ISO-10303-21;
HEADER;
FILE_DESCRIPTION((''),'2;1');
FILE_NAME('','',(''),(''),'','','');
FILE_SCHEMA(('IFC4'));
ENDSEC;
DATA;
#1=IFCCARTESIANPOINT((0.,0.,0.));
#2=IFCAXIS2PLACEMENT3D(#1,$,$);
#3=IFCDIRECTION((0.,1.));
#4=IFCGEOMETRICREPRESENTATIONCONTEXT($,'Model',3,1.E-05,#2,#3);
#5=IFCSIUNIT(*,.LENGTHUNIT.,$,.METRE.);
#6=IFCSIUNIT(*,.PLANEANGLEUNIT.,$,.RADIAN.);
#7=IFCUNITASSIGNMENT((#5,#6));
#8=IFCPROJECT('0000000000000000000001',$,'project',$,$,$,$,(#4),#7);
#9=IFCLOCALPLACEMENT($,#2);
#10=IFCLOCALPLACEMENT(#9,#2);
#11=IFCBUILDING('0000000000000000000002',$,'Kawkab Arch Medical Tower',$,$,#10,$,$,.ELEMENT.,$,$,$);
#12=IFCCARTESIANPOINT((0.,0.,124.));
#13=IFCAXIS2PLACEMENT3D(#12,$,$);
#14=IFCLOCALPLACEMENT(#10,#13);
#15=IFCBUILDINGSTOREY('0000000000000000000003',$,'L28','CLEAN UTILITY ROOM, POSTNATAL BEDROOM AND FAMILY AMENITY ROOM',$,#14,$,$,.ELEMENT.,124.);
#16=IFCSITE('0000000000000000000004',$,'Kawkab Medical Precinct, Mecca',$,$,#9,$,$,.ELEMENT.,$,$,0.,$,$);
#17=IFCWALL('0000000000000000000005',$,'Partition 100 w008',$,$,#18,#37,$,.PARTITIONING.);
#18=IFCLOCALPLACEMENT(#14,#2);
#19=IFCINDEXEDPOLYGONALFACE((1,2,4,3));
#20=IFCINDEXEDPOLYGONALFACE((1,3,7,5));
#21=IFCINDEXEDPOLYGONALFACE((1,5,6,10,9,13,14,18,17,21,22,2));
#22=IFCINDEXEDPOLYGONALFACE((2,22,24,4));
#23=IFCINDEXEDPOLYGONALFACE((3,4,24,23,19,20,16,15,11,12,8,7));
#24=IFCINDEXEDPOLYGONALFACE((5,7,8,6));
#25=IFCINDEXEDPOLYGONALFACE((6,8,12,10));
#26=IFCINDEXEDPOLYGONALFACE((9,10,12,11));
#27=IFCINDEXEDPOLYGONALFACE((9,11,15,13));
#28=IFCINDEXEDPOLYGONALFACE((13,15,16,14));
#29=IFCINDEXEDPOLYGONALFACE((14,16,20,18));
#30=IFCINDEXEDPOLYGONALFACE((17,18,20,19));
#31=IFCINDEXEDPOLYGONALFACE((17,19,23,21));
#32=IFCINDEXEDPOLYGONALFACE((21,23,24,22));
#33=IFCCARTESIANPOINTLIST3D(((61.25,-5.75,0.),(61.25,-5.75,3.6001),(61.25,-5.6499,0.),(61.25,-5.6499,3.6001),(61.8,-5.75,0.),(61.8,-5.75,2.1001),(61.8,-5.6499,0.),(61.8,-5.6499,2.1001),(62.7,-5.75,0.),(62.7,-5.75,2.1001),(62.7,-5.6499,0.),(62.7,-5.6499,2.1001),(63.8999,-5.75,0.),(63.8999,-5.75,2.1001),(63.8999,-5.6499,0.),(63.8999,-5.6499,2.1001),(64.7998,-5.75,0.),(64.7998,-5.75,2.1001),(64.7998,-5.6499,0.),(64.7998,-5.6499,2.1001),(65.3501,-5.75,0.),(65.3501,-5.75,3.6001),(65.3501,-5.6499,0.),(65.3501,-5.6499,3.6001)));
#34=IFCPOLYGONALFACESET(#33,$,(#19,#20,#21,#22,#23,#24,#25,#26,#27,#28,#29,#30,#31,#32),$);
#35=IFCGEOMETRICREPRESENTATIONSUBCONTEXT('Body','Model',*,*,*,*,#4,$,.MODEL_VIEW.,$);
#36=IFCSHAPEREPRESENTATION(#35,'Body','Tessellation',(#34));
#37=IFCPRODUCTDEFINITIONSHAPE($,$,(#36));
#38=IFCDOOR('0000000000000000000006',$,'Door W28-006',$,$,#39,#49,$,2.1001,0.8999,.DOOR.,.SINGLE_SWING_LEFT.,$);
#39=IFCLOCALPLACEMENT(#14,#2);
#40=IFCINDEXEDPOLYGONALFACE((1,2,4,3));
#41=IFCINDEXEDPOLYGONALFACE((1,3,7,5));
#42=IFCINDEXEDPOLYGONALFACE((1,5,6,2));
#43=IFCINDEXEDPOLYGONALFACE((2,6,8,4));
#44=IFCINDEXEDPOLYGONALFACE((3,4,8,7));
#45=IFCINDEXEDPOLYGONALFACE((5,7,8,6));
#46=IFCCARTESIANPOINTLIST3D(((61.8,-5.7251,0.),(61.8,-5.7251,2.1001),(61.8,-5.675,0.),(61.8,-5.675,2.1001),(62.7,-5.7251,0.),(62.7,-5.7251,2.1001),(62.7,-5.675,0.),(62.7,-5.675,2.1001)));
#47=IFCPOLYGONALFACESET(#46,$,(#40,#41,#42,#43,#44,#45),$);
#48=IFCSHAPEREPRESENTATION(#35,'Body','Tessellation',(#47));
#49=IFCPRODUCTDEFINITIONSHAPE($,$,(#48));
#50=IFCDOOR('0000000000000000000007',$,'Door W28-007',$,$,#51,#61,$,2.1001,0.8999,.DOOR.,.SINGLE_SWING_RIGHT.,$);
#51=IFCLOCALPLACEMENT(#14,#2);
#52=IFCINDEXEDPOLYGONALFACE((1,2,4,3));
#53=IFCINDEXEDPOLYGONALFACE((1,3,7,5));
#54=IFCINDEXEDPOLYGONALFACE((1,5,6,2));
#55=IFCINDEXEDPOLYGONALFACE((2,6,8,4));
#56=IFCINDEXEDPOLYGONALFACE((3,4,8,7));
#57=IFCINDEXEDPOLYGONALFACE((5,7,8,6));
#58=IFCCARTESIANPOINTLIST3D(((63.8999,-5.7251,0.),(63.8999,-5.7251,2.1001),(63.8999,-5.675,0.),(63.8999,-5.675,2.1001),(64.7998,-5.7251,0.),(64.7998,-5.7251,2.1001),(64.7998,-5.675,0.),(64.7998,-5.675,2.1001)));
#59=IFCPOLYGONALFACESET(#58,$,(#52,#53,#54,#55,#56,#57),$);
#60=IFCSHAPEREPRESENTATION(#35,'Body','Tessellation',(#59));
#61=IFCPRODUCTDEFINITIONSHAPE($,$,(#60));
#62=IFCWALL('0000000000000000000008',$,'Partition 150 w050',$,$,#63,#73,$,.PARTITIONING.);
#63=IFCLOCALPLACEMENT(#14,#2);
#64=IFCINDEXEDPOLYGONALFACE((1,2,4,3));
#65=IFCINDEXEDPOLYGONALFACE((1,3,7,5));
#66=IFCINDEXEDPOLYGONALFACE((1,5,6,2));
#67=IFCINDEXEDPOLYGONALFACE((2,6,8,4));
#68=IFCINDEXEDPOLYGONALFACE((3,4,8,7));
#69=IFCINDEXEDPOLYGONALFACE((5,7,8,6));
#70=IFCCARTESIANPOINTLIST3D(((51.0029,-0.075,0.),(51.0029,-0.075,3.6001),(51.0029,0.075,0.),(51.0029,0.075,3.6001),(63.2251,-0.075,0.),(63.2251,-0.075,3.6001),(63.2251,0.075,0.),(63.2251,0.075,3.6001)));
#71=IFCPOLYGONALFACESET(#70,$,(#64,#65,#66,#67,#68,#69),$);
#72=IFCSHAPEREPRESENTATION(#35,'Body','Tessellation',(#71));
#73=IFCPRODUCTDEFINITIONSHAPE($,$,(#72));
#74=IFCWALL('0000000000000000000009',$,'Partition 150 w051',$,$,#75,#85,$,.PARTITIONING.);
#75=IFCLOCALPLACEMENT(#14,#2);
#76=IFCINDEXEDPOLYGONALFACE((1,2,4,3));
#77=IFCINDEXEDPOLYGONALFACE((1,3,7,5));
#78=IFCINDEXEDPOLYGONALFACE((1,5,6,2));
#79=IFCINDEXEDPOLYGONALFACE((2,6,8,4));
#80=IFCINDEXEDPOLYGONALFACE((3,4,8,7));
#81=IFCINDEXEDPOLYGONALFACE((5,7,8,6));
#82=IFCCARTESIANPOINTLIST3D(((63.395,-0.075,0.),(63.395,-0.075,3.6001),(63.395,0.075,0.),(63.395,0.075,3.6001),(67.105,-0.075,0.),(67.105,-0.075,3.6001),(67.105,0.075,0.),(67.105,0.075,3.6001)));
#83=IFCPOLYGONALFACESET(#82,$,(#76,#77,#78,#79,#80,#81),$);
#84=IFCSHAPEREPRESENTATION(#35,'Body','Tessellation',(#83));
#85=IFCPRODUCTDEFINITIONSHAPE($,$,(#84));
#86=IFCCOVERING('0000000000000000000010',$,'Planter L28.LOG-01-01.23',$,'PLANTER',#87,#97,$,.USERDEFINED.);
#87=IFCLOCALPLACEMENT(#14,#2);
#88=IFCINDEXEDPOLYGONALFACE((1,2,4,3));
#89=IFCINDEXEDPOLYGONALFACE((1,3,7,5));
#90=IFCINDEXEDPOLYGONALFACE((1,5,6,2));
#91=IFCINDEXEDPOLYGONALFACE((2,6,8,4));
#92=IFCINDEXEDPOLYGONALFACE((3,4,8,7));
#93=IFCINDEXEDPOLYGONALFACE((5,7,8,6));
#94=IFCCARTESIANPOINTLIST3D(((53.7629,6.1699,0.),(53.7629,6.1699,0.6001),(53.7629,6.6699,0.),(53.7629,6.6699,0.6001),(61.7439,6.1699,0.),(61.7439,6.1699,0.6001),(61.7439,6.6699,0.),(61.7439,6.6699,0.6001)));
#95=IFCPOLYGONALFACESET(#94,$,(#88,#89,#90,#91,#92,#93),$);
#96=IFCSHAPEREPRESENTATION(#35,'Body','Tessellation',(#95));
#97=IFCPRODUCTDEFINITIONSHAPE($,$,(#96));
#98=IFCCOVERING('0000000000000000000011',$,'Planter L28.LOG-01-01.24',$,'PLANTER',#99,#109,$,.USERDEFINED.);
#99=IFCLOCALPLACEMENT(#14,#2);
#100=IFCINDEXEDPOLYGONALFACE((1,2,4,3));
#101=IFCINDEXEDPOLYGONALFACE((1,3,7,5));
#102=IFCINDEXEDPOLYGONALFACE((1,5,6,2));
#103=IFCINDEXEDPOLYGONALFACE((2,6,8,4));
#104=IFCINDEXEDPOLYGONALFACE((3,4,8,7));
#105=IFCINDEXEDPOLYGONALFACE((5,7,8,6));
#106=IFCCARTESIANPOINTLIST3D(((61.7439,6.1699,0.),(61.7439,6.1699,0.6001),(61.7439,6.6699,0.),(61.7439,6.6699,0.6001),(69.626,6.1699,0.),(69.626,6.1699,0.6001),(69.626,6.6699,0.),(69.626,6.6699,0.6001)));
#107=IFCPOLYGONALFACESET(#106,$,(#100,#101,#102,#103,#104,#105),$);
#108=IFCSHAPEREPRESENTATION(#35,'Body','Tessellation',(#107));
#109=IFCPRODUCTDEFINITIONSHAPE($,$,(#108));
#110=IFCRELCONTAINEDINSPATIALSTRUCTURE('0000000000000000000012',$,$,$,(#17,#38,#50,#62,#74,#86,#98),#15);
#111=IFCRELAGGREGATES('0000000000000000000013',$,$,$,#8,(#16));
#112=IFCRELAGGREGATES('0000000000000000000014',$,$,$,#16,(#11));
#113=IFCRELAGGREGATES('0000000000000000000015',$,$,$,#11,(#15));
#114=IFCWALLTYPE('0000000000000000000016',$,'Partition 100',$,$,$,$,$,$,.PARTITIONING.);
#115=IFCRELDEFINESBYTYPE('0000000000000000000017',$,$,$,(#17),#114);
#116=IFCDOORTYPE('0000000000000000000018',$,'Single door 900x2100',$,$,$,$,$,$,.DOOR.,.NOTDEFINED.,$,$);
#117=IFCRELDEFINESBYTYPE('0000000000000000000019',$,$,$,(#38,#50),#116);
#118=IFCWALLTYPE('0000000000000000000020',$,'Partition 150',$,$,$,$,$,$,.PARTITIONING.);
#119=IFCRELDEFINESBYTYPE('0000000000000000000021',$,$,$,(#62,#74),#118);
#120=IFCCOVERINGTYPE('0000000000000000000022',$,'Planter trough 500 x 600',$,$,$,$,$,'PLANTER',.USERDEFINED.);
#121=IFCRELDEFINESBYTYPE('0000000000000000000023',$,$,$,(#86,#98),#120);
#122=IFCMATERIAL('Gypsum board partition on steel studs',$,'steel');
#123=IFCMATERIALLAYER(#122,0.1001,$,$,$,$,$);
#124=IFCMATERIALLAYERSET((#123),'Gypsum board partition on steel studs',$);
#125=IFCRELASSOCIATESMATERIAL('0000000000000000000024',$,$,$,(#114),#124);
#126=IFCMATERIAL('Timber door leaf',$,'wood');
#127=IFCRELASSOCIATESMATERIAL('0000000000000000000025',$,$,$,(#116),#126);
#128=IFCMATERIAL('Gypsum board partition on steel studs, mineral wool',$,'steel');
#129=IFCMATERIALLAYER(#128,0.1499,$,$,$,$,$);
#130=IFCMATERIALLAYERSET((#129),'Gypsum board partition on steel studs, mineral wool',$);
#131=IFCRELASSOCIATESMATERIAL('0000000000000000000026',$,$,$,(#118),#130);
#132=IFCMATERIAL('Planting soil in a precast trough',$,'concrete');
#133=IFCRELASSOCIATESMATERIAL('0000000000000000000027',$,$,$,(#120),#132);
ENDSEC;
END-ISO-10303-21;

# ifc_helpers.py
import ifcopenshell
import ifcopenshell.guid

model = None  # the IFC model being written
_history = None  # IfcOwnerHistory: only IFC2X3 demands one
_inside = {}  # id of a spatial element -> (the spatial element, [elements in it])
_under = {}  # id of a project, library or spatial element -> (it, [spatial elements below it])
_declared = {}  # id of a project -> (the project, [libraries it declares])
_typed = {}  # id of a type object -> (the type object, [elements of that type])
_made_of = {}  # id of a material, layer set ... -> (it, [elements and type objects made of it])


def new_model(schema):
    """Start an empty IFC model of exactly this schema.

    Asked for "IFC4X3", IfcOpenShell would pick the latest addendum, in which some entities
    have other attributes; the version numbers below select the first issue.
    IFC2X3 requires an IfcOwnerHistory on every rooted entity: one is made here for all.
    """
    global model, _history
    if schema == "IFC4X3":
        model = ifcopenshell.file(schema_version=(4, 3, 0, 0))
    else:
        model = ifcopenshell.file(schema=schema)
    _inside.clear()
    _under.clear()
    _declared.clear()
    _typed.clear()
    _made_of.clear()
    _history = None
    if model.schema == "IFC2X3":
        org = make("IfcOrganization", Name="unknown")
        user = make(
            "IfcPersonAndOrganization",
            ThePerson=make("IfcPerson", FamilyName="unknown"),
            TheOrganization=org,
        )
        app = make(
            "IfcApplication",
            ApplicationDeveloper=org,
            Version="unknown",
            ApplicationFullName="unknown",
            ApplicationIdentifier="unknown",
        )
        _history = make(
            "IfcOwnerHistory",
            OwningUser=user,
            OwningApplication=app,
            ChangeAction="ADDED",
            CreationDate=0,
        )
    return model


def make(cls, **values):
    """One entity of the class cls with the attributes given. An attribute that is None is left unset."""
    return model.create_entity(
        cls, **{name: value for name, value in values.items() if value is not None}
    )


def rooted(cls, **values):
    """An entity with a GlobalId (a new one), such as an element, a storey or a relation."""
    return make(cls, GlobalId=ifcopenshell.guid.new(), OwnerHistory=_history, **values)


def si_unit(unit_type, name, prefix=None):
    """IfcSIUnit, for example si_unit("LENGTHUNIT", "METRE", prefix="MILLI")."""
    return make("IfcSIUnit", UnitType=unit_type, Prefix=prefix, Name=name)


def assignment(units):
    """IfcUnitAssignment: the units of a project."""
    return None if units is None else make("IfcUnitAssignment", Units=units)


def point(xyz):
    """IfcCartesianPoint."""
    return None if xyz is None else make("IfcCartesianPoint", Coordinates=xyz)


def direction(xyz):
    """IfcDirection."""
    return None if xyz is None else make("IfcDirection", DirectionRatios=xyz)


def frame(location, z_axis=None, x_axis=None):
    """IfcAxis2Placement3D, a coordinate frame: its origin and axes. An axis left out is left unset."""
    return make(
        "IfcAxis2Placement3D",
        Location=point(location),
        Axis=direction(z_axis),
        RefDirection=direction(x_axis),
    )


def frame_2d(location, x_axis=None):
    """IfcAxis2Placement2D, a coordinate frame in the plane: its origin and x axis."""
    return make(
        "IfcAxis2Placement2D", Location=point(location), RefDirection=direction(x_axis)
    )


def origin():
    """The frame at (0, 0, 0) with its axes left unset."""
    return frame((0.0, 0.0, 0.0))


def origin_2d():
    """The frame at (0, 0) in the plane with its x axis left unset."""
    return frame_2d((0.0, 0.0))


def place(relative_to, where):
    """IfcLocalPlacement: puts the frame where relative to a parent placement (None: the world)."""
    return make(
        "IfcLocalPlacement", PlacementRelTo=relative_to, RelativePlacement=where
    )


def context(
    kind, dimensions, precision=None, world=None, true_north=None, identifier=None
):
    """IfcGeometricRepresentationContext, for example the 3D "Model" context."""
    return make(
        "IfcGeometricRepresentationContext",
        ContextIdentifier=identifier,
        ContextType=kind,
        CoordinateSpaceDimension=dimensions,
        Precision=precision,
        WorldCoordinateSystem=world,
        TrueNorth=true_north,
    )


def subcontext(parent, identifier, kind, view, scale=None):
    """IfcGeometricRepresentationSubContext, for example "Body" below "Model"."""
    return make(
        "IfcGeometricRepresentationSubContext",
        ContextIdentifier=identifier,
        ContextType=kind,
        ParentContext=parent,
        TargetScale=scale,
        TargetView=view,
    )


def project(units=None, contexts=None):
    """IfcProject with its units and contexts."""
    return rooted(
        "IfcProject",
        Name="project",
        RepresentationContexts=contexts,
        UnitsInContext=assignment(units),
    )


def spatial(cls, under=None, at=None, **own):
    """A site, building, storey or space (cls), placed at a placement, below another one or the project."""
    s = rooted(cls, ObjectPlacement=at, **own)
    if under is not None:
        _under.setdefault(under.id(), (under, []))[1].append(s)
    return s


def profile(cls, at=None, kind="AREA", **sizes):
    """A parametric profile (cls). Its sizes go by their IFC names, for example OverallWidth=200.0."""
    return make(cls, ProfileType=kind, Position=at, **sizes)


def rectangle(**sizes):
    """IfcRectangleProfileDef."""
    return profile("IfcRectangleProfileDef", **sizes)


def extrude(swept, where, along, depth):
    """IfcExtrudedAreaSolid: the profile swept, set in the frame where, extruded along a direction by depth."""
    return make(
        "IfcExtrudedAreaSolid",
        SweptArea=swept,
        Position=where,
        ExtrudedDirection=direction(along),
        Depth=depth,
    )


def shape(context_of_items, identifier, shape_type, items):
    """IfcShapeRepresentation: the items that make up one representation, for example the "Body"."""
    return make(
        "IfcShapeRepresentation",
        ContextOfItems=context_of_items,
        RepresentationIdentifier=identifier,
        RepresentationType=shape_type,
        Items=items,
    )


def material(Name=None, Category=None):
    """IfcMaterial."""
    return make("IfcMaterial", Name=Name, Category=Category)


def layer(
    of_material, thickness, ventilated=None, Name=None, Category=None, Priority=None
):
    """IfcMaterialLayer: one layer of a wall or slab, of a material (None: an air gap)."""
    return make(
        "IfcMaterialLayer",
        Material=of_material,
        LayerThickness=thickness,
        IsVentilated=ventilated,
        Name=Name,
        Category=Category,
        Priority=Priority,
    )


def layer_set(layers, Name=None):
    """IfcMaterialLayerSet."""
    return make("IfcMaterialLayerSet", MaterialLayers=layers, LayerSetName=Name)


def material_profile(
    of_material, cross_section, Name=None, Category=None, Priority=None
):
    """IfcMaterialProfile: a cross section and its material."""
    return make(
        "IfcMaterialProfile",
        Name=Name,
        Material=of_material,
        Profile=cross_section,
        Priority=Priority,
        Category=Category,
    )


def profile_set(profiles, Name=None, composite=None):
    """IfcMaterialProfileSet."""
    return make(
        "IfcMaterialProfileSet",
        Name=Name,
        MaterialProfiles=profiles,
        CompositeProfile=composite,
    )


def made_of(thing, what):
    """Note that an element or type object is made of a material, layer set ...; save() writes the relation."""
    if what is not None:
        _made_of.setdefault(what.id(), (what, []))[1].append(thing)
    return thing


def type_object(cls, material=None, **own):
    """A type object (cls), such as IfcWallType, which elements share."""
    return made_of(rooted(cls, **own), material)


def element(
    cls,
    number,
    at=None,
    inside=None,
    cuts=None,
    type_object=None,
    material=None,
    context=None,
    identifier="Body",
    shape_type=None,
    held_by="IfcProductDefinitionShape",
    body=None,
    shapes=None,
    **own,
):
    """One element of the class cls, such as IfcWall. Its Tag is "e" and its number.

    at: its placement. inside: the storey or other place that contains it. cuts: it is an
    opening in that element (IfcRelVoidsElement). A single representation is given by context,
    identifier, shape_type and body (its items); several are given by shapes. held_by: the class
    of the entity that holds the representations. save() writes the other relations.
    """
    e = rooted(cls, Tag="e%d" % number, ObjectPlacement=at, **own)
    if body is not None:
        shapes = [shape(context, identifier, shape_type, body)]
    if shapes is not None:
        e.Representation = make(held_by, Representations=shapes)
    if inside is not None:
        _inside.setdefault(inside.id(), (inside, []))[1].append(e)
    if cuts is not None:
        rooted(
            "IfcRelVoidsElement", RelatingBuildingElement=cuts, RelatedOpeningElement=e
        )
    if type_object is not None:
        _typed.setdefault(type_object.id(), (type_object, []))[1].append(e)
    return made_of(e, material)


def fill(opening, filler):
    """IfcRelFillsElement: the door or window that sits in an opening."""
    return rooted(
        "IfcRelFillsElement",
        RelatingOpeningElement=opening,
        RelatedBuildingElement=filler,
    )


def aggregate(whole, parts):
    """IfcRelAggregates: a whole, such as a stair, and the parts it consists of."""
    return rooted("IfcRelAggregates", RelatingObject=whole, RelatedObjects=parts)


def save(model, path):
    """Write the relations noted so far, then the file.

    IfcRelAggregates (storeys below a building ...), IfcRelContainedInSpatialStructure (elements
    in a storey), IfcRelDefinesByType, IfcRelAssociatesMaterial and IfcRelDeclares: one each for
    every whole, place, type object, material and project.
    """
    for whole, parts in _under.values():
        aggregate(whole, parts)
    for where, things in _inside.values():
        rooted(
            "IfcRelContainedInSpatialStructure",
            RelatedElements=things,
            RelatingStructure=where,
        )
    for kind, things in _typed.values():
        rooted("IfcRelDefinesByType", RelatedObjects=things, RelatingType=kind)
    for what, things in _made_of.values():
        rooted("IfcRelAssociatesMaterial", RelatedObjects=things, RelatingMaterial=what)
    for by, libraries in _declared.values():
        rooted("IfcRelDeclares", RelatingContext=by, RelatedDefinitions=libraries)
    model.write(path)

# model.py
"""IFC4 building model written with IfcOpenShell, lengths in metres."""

from ifc_helpers import new_model, si_unit, direction, frame, frame_2d, origin, origin_2d, place, context, subcontext, project, spatial, rectangle, extrude, material, layer, layer_set, material_profile, profile_set, type_object, element, fill, save


model = new_model("IFC4")

# Units and contexts
model_context = context("Model", 3, precision=1e-05, world=origin(), true_north=direction((0.0, 1.0)))
body_context = subcontext(model_context, "Body", "Model", "MODEL_VIEW")
ifc_project = project(units=[si_unit("LENGTHUNIT", "METRE"), si_unit("PLANEANGLEUNIT", "RADIAN")], contexts=[model_context])

# Site, building, storey
site_placement = place(None, origin())
site = spatial("IfcSite", under=ifc_project, at=site_placement, Name="Kawkab Medical Precinct, Mecca", CompositionType="ELEMENT", RefElevation=0.0)
building_placement = place(site_placement, origin())
building = spatial("IfcBuilding", under=site, at=building_placement, Name="Kawkab Arch Medical Tower", CompositionType="ELEMENT")
storey_placement = place(building_placement, frame((0.0, 0.0, 124.0)))
storey = spatial("IfcBuildingStorey", under=building, at=storey_placement, Name="L28", Description="CLEAN UTILITY ROOM, POSTNATAL BEDROOM AND FAMILY AMENITY ROOM", CompositionType="ELEMENT", Elevation=124.0)

# Shared definitions
ifc_material_1 = material(Name="Gypsum board partition on steel studs", Category="steel")
ifc_layer_1 = layer(ifc_material_1, 0.1001)
ifc_layer_set_1 = layer_set([ifc_layer_1], Name="Gypsum board partition on steel studs")
wall_type_1 = type_object("IfcWallType", Name="Partition 100", PredefinedType="PARTITIONING", material=ifc_layer_set_1)
ifc_material_2 = material(Name="Timber door leaf", Category="wood")
door_type = type_object("IfcDoorType", Name="Single door 900x2100", OperationType="NOTDEFINED", PredefinedType="DOOR", material=ifc_material_2)

# Wall, openings, doors
wall_1_placement = place(storey_placement, frame((61.25, -5.7, 0.0), z_axis=(0.0, 0.0, 1.0), x_axis=(1.0, 0.0, 0.0)))
wall_1 = element("IfcWall", 1, at=wall_1_placement, inside=storey, type_object=wall_type_1, Name="Partition 100 w008", PredefinedType="PARTITIONING", context=body_context, shape_type="SweptSolid", body=[
    extrude(rectangle(XDim=4.1001, YDim=0.1001, at=frame_2d((2.05, 0.0))), origin(), (0.0, 0.0, 1.0), 3.6001),
])
opening_1_placement = place(wall_1_placement, frame((0.55, 0.0, 0.0)))
opening_1 = element("IfcOpeningElement", 2, at=opening_1_placement, cuts=wall_1, PredefinedType="OPENING", context=body_context, shape_type="SweptSolid", body=[
    extrude(rectangle(XDim=0.8999, YDim=2.1001, at=frame_2d((0.45, 1.05))), frame((0.0, 0.0601, 0.0), z_axis=(0.0, -1.0, 0.0), x_axis=(1.0, 0.0, 0.0)), (0.0, 0.0, 1.0), 0.1201),
])
opening_2_placement = place(wall_1_placement, frame((2.6499, 0.0, 0.0)))
opening_2 = element("IfcOpeningElement", 3, at=opening_2_placement, cuts=wall_1, PredefinedType="OPENING", context=body_context, shape_type="SweptSolid", body=[
    extrude(rectangle(XDim=0.8999, YDim=2.1001, at=frame_2d((0.45, 1.05))), frame((0.0, 0.0601, 0.0), z_axis=(0.0, -1.0, 0.0), x_axis=(1.0, 0.0, 0.0)), (0.0, 0.0, 1.0), 0.1201),
])
door_1_placement = place(opening_1_placement, origin())
door_1 = element("IfcDoor", 4, at=door_1_placement, inside=storey, type_object=door_type, Name="Door W28-006", OperationType="SINGLE_SWING_LEFT", OverallHeight=2.1001, OverallWidth=0.8999, PredefinedType="DOOR", context=body_context, shape_type="SweptSolid", body=[
    extrude(rectangle(XDim=0.8999, YDim=2.1001, at=frame_2d((0.45, 1.05))), frame((0.0, 0.0249, 0.0), z_axis=(0.0, -1.0, 0.0), x_axis=(1.0, 0.0, 0.0)), (0.0, 0.0, 1.0), 0.05),
])
fill(opening_1, door_1)
door_2_placement = place(opening_2_placement, origin())
door_2 = element("IfcDoor", 5, at=door_2_placement, inside=storey, type_object=door_type, Name="Door W28-007", OperationType="SINGLE_SWING_RIGHT", OverallHeight=2.1001, OverallWidth=0.8999, PredefinedType="DOOR", context=body_context, shape_type="SweptSolid", body=[
    extrude(rectangle(XDim=0.8999, YDim=2.1001, at=frame_2d((0.45, 1.05))), frame((0.0, 0.0249, 0.0), z_axis=(0.0, -1.0, 0.0), x_axis=(1.0, 0.0, 0.0)), (0.0, 0.0, 1.0), 0.05),
])
fill(opening_2, door_2)

# Walls
ifc_material_3 = material(Name="Gypsum board partition on steel studs, mineral wool", Category="steel")
ifc_layer_2 = layer(ifc_material_3, 0.1499)
ifc_layer_set_2 = layer_set([ifc_layer_2], Name="Gypsum board partition on steel studs, mineral wool")
wall_type_2 = type_object("IfcWallType", Name="Partition 150", PredefinedType="PARTITIONING", material=ifc_layer_set_2)
wall_2_placement = place(storey_placement, frame((51.0029, 0.0, 0.0), z_axis=(0.0, 0.0, 1.0), x_axis=(1.0, 0.0, 0.0)))
element("IfcWall", 6, at=wall_2_placement, inside=storey, type_object=wall_type_2, Name="Partition 150 w050", PredefinedType="PARTITIONING", context=body_context, shape_type="SweptSolid", body=[
    extrude(rectangle(XDim=12.2222, YDim=0.1499, at=frame_2d((6.1111, 0.0))), origin(), (0.0, 0.0, 1.0), 3.6001),
])
wall_3_placement = place(storey_placement, frame((63.395, 0.0, 0.0), z_axis=(0.0, 0.0, 1.0), x_axis=(1.0, 0.0, 0.0)))
element("IfcWall", 7, at=wall_3_placement, inside=storey, type_object=wall_type_2, Name="Partition 150 w051", PredefinedType="PARTITIONING", context=body_context, shape_type="SweptSolid", body=[
    extrude(rectangle(XDim=3.71, YDim=0.1499, at=frame_2d((1.855, 0.0))), origin(), (0.0, 0.0, 1.0), 3.6001),
])

# Coverings
ifc_material_4 = material(Name="Planting soil in a precast trough", Category="concrete")
ifc_material_profile_1 = material_profile(ifc_material_4, rectangle(XDim=0.5, YDim=0.6001, at=origin_2d()), Name="Trough 500x600")
ifc_profile_set_1 = profile_set([ifc_material_profile_1], Name="Planting soil in a precast trough")
covering_type = type_object("IfcCoveringType", Name="Planter trough 500 x 600", ElementType="PLANTER", PredefinedType="USERDEFINED", material=ifc_profile_set_1)
covering_1_placement = place(storey_placement, frame((53.7629, 6.4199, 0.3), z_axis=(1.0, 0.0, 0.0), x_axis=(0.0, 1.0, 0.0)))
element("IfcCovering", 8, at=covering_1_placement, inside=storey, type_object=covering_type, Name="Planter L28.LOG-01-01.23", ObjectType="PLANTER", PredefinedType="USERDEFINED", context=body_context, shape_type="SweptSolid", body=[
    extrude(rectangle(XDim=0.5, YDim=0.6001, at=origin_2d()), origin(), (0.0, 0.0, 1.0), 7.981),
])
covering_2_placement = place(storey_placement, frame((61.7439, 6.4199, 0.3), z_axis=(1.0, 0.0, 0.0), x_axis=(0.0, 1.0, 0.0)))
element("IfcCovering", 9, at=covering_2_placement, inside=storey, type_object=covering_type, Name="Planter L28.LOG-01-01.24", ObjectType="PLANTER", PredefinedType="USERDEFINED", context=body_context, shape_type="SweptSolid", body=[
    extrude(rectangle(XDim=0.5, YDim=0.6001, at=origin_2d()), origin(), (0.0, 0.0, 1.0), 7.8821),
])

save(model, "model.ifc")
